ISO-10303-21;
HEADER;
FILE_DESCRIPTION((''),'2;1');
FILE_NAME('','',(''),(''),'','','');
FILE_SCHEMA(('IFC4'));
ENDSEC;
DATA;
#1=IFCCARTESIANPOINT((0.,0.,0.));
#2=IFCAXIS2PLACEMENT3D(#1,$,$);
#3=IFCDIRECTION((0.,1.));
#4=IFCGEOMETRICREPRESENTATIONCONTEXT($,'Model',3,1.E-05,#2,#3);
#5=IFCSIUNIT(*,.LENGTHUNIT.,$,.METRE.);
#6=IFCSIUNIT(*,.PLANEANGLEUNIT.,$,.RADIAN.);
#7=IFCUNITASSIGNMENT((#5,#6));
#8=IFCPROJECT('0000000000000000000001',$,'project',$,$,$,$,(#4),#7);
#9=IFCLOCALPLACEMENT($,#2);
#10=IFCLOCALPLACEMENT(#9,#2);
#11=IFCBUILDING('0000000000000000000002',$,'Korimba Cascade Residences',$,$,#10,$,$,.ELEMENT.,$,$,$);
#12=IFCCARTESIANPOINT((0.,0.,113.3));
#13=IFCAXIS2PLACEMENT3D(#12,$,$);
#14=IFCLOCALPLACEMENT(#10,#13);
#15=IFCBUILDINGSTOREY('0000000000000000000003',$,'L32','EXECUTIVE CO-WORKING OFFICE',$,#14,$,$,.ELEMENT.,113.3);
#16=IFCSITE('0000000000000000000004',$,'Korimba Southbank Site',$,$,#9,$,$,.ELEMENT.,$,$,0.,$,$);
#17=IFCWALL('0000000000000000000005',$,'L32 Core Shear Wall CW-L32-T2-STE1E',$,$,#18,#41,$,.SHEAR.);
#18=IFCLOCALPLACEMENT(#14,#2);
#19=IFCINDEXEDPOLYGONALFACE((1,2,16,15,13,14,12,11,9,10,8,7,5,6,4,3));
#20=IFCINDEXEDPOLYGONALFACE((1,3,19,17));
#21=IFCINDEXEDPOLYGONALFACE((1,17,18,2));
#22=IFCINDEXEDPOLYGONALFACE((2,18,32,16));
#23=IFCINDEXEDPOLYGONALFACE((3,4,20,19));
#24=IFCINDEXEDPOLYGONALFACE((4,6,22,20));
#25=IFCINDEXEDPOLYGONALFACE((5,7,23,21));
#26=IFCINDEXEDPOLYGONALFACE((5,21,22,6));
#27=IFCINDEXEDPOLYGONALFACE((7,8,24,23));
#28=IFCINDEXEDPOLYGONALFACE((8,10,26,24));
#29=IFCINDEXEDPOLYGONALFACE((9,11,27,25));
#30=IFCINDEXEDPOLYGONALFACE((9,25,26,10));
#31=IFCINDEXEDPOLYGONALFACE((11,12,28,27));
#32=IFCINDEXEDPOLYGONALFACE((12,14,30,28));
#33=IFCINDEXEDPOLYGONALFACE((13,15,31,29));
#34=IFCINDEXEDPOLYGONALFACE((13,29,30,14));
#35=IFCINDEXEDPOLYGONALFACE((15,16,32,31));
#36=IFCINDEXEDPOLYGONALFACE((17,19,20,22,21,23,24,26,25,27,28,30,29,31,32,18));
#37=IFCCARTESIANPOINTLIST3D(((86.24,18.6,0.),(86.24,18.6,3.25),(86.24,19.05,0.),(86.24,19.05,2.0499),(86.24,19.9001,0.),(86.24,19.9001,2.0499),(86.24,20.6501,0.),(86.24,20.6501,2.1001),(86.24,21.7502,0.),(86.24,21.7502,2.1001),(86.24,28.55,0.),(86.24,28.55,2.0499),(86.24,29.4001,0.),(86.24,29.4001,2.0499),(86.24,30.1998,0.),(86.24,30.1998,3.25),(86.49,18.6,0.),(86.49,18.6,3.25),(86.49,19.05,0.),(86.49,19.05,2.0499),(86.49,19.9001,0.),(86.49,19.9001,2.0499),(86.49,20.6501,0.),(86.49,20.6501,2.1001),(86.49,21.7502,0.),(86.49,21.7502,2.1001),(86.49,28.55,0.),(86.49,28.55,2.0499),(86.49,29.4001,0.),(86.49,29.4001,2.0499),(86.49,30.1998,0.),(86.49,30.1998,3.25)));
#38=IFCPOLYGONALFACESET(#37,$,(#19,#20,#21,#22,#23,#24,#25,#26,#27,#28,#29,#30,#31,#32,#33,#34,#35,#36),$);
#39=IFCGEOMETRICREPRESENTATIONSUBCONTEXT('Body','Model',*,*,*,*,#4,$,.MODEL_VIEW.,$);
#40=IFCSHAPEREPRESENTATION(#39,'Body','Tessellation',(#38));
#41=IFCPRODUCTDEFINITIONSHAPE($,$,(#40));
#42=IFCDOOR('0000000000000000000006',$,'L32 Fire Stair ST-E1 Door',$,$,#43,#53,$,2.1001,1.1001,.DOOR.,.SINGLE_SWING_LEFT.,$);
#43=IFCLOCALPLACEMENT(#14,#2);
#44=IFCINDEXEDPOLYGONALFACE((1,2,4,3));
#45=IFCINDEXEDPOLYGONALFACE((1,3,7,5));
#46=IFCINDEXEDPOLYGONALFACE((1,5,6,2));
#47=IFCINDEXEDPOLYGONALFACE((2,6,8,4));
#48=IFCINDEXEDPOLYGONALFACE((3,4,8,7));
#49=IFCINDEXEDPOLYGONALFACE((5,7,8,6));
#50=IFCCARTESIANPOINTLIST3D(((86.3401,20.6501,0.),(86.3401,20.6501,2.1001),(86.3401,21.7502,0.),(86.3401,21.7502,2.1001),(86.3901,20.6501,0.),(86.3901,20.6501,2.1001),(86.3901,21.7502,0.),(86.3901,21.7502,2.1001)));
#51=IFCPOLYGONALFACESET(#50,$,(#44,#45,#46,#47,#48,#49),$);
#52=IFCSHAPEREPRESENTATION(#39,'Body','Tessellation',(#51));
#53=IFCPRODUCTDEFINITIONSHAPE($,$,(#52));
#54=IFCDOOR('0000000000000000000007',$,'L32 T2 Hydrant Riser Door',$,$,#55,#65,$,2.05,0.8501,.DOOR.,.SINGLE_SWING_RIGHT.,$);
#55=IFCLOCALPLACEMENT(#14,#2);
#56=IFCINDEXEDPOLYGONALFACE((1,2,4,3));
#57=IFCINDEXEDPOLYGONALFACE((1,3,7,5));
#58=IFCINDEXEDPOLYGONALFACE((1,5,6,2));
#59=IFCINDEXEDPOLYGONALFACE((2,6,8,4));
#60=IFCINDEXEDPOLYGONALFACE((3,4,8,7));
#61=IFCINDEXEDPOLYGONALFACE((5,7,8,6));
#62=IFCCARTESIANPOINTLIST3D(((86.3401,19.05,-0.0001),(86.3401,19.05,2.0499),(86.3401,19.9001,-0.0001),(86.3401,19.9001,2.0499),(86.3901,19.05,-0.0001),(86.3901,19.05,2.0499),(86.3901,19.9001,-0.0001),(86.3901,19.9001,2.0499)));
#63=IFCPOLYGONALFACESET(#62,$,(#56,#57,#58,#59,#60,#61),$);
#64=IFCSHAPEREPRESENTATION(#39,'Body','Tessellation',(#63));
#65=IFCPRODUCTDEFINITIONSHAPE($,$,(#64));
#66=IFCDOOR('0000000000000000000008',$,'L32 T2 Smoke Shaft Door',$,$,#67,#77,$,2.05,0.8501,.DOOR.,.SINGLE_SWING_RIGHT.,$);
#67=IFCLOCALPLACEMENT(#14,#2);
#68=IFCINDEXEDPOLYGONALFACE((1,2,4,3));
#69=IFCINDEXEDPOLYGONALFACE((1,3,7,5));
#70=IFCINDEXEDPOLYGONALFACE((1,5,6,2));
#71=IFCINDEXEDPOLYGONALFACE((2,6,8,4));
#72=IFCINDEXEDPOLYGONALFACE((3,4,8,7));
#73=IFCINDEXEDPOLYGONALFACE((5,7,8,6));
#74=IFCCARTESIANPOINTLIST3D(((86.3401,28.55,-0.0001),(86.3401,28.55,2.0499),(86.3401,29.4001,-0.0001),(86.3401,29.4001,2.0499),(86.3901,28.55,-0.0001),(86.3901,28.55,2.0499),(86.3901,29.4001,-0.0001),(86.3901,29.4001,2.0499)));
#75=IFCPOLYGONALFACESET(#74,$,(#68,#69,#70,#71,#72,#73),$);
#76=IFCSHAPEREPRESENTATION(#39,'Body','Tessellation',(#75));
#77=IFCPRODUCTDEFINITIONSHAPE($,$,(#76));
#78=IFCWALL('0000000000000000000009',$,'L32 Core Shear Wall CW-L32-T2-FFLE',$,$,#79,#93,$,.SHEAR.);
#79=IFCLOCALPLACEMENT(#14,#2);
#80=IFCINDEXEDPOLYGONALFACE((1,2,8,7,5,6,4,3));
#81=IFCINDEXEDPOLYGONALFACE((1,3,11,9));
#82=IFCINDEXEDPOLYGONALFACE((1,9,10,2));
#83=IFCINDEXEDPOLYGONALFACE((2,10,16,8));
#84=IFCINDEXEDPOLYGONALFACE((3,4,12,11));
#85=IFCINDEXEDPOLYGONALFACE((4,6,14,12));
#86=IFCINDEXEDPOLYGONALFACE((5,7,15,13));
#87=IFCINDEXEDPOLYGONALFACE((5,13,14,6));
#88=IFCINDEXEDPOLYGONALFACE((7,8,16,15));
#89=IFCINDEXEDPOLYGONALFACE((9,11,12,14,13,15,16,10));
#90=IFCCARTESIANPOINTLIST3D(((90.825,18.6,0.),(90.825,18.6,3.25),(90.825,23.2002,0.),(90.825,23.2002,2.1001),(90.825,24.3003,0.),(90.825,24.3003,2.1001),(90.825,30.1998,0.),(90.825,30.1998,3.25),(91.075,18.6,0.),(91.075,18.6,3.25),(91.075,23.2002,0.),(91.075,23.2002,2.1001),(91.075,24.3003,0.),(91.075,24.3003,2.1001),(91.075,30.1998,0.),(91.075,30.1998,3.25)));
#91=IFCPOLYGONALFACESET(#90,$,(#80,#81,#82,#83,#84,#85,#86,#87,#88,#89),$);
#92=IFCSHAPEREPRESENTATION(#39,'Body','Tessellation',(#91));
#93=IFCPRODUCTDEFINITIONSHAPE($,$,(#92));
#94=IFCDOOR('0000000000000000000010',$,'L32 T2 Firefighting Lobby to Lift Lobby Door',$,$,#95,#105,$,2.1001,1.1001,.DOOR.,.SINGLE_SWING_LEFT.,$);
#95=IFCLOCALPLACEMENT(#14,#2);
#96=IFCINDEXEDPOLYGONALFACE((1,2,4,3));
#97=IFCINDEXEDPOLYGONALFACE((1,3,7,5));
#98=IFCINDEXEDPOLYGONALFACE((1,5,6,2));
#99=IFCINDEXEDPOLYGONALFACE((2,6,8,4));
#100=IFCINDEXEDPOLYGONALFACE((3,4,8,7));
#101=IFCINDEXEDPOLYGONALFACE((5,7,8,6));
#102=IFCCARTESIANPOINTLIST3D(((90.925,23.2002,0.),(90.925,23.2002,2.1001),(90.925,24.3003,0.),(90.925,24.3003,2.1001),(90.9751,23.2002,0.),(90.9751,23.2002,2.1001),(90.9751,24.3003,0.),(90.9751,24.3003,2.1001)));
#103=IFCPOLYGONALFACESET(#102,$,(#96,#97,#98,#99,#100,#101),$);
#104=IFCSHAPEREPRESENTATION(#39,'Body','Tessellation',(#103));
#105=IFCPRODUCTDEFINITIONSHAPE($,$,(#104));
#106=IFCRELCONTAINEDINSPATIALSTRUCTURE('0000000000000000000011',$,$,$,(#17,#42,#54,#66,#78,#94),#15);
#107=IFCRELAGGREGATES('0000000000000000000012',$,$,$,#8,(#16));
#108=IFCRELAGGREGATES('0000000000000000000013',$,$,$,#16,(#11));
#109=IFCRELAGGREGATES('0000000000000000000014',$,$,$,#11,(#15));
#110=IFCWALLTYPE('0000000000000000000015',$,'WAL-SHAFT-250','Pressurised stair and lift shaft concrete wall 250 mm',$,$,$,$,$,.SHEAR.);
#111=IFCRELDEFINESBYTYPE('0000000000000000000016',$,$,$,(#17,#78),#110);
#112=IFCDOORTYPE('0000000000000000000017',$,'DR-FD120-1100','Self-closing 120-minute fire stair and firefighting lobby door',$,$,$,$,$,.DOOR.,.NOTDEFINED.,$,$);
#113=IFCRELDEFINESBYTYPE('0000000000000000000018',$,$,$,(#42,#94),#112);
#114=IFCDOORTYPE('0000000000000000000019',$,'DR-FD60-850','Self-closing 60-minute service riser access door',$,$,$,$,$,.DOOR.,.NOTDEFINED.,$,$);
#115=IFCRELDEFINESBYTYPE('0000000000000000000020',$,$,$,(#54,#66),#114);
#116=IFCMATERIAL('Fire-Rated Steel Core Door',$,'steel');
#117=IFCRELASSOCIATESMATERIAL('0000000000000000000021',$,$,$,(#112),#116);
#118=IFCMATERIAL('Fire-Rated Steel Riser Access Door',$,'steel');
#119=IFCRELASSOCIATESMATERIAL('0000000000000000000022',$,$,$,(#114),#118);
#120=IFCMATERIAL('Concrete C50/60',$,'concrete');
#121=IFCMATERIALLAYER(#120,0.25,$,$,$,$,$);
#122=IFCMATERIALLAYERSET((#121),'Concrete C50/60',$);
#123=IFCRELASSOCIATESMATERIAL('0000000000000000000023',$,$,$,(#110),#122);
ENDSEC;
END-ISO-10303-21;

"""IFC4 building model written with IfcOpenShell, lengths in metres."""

from ifc_helpers import new_model, si_unit, direction, frame, frame_2d, origin, place, context, subcontext, project, spatial, rectangle, extrude, material, layer, layer_set, type_object, element, fill, save


model = new_model("IFC4")

# Units and contexts
model_context = context("Model", 3, precision=1e-05, world=origin(), true_north=direction((0.0, 1.0)))
body_context = subcontext(model_context, "Body", "Model", "MODEL_VIEW")
ifc_project = project(units=[si_unit("LENGTHUNIT", "METRE"), si_unit("PLANEANGLEUNIT", "RADIAN")], contexts=[model_context])

# Site, building, storey
site_placement = place(None, origin())
site = spatial("IfcSite", under=ifc_project, at=site_placement, Name="Korimba Southbank Site", CompositionType="ELEMENT", RefElevation=0.0)
building_placement = place(site_placement, origin())
building = spatial("IfcBuilding", under=site, at=building_placement, Name="Korimba Cascade Residences", CompositionType="ELEMENT")
storey_placement = place(building_placement, frame((0.0, 0.0, 113.3)))
storey = spatial("IfcBuildingStorey", under=building, at=storey_placement, Name="L32", Description="EXECUTIVE CO-WORKING OFFICE", CompositionType="ELEMENT", Elevation=113.3)

# Shared definitions
ifc_material_1 = material(Name="Fire-Rated Steel Core Door", Category="steel")
door_type_1 = type_object("IfcDoorType", Name="DR-FD120-1100", Description="Self-closing 120-minute fire stair and firefighting lobby door", OperationType="NOTDEFINED", PredefinedType="DOOR", material=ifc_material_1)

# Wall, openings, doors
ifc_material_2 = material(Name="Fire-Rated Steel Riser Access Door", Category="steel")
door_type_2 = type_object("IfcDoorType", Name="DR-FD60-850", Description="Self-closing 60-minute service riser access door", OperationType="NOTDEFINED", PredefinedType="DOOR", material=ifc_material_2)
ifc_material_3 = material(Name="Concrete C50/60", Category="concrete")
ifc_layer_1 = layer(ifc_material_3, 0.25)
ifc_layer_set_1 = layer_set([ifc_layer_1], Name="Concrete C50/60")
wall_type_1 = type_object("IfcWallType", Name="WAL-SHAFT-250", Description="Pressurised stair and lift shaft concrete wall 250 mm", PredefinedType="SHEAR", material=ifc_layer_set_1)
wall_1_placement = place(storey_placement, frame((86.365, 18.6001, 0.0), z_axis=(0.0, 0.0, 1.0), x_axis=(0.0, 1.0, 0.0)))
wall_1 = element("IfcWall", 1, at=wall_1_placement, inside=storey, type_object=wall_type_1, Name="L32 Core Shear Wall CW-L32-T2-STE1E", PredefinedType="SHEAR", context=body_context, shape_type="SweptSolid", body=[
    extrude(rectangle(XDim=11.5999, YDim=0.25, at=frame_2d((5.7998, 0.0))), origin(), (0.0, 0.0, 1.0), 3.25),
])
opening_1_placement = place(wall_1_placement, frame((0.45, 0.0, 0.0)))
opening_1 = element("IfcOpeningElement", 2, at=opening_1_placement, cuts=wall_1, PredefinedType="OPENING", context=body_context, shape_type="SweptSolid", body=[
    extrude(rectangle(XDim=0.8501, YDim=2.05, at=frame_2d((0.425, 1.0249))), frame((0.0, 0.135, 0.0), z_axis=(0.0, -1.0, 0.0), x_axis=(1.0, 0.0, 0.0)), (0.0, 0.0, 1.0), 0.27),
])
opening_2_placement = place(wall_1_placement, frame((2.05, 0.0, 0.0)))
opening_2 = element("IfcOpeningElement", 3, at=opening_2_placement, cuts=wall_1, PredefinedType="OPENING", context=body_context, shape_type="SweptSolid", body=[
    extrude(rectangle(XDim=1.1001, YDim=2.1001, at=frame_2d((0.55, 1.05))), frame((0.0, 0.135, 0.0), z_axis=(0.0, -1.0, 0.0), x_axis=(1.0, 0.0, 0.0)), (0.0, 0.0, 1.0), 0.27),
])
opening_3_placement = place(wall_1_placement, frame((9.95, 0.0, 0.0)))
opening_3 = element("IfcOpeningElement", 4, at=opening_3_placement, cuts=wall_1, PredefinedType="OPENING", context=body_context, shape_type="SweptSolid", body=[
    extrude(rectangle(XDim=0.8501, YDim=2.05, at=frame_2d((0.425, 1.0249))), frame((0.0, 0.135, 0.0), z_axis=(0.0, -1.0, 0.0), x_axis=(1.0, 0.0, 0.0)), (0.0, 0.0, 1.0), 0.27),
])
door_1_placement = place(opening_2_placement, origin())
door_1 = element("IfcDoor", 5, at=door_1_placement, inside=storey, type_object=door_type_1, Name="L32 Fire Stair ST-E1 Door", OperationType="SINGLE_SWING_LEFT", OverallHeight=2.1001, OverallWidth=1.1001, PredefinedType="DOOR", context=body_context, shape_type="SweptSolid", body=[
    extrude(rectangle(XDim=1.1001, YDim=2.1001, at=frame_2d((0.55, 1.05))), frame((0.0, 0.0249, 0.0), z_axis=(0.0, -1.0, 0.0), x_axis=(1.0, 0.0, 0.0)), (0.0, 0.0, 1.0), 0.05),
])
fill(opening_2, door_1)
door_2_placement = place(opening_1_placement, origin())
door_2 = element("IfcDoor", 6, at=door_2_placement, inside=storey, type_object=door_type_2, Name="L32 T2 Hydrant Riser Door", OperationType="SINGLE_SWING_RIGHT", OverallHeight=2.05, OverallWidth=0.8501, PredefinedType="DOOR", context=body_context, shape_type="SweptSolid", body=[
    extrude(rectangle(XDim=0.8501, YDim=2.05, at=frame_2d((0.425, 1.0249))), frame((0.0, 0.0249, 0.0), z_axis=(0.0, -1.0, 0.0), x_axis=(1.0, 0.0, 0.0)), (0.0, 0.0, 1.0), 0.05),
])
fill(opening_1, door_2)
door_3_placement = place(opening_3_placement, origin())
door_3 = element("IfcDoor", 7, at=door_3_placement, inside=storey, type_object=door_type_2, Name="L32 T2 Smoke Shaft Door", OperationType="SINGLE_SWING_RIGHT", OverallHeight=2.05, OverallWidth=0.8501, PredefinedType="DOOR", context=body_context, shape_type="SweptSolid", body=[
    extrude(rectangle(XDim=0.8501, YDim=2.05, at=frame_2d((0.425, 1.0249))), frame((0.0, 0.0249, 0.0), z_axis=(0.0, -1.0, 0.0), x_axis=(1.0, 0.0, 0.0)), (0.0, 0.0, 1.0), 0.05),
])
fill(opening_3, door_3)

# Wall, opening, door
wall_2_placement = place(storey_placement, frame((90.95, 18.6001, 0.0), z_axis=(0.0, 0.0, 1.0), x_axis=(0.0, 1.0, 0.0)))
wall_2 = element("IfcWall", 8, at=wall_2_placement, inside=storey, type_object=wall_type_1, Name="L32 Core Shear Wall CW-L32-T2-FFLE", PredefinedType="SHEAR", context=body_context, shape_type="SweptSolid", body=[
    extrude(rectangle(XDim=11.5999, YDim=0.25, at=frame_2d((5.7998, 0.0))), origin(), (0.0, 0.0, 1.0), 3.25),
])
opening_4_placement = place(wall_2_placement, frame((4.6001, 0.0, 0.0)))
opening_4 = element("IfcOpeningElement", 9, at=opening_4_placement, cuts=wall_2, PredefinedType="OPENING", context=body_context, shape_type="SweptSolid", body=[
    extrude(rectangle(XDim=1.1001, YDim=2.1001, at=frame_2d((0.55, 1.05))), frame((0.0, 0.135, 0.0), z_axis=(0.0, -1.0, 0.0), x_axis=(1.0, 0.0, 0.0)), (0.0, 0.0, 1.0), 0.27),
])
door_4_placement = place(opening_4_placement, origin())
door_4 = element("IfcDoor", 10, at=door_4_placement, inside=storey, type_object=door_type_1, Name="L32 T2 Firefighting Lobby to Lift Lobby Door", OperationType="SINGLE_SWING_LEFT", OverallHeight=2.1001, OverallWidth=1.1001, PredefinedType="DOOR", context=body_context, shape_type="SweptSolid", body=[
    extrude(rectangle(XDim=1.1001, YDim=2.1001, at=frame_2d((0.55, 1.05))), frame((0.0, 0.0249, 0.0), z_axis=(0.0, -1.0, 0.0), x_axis=(1.0, 0.0, 0.0)), (0.0, 0.0, 1.0), 0.05),
])
fill(opening_4, door_4)

save(model, "model.ifc")
